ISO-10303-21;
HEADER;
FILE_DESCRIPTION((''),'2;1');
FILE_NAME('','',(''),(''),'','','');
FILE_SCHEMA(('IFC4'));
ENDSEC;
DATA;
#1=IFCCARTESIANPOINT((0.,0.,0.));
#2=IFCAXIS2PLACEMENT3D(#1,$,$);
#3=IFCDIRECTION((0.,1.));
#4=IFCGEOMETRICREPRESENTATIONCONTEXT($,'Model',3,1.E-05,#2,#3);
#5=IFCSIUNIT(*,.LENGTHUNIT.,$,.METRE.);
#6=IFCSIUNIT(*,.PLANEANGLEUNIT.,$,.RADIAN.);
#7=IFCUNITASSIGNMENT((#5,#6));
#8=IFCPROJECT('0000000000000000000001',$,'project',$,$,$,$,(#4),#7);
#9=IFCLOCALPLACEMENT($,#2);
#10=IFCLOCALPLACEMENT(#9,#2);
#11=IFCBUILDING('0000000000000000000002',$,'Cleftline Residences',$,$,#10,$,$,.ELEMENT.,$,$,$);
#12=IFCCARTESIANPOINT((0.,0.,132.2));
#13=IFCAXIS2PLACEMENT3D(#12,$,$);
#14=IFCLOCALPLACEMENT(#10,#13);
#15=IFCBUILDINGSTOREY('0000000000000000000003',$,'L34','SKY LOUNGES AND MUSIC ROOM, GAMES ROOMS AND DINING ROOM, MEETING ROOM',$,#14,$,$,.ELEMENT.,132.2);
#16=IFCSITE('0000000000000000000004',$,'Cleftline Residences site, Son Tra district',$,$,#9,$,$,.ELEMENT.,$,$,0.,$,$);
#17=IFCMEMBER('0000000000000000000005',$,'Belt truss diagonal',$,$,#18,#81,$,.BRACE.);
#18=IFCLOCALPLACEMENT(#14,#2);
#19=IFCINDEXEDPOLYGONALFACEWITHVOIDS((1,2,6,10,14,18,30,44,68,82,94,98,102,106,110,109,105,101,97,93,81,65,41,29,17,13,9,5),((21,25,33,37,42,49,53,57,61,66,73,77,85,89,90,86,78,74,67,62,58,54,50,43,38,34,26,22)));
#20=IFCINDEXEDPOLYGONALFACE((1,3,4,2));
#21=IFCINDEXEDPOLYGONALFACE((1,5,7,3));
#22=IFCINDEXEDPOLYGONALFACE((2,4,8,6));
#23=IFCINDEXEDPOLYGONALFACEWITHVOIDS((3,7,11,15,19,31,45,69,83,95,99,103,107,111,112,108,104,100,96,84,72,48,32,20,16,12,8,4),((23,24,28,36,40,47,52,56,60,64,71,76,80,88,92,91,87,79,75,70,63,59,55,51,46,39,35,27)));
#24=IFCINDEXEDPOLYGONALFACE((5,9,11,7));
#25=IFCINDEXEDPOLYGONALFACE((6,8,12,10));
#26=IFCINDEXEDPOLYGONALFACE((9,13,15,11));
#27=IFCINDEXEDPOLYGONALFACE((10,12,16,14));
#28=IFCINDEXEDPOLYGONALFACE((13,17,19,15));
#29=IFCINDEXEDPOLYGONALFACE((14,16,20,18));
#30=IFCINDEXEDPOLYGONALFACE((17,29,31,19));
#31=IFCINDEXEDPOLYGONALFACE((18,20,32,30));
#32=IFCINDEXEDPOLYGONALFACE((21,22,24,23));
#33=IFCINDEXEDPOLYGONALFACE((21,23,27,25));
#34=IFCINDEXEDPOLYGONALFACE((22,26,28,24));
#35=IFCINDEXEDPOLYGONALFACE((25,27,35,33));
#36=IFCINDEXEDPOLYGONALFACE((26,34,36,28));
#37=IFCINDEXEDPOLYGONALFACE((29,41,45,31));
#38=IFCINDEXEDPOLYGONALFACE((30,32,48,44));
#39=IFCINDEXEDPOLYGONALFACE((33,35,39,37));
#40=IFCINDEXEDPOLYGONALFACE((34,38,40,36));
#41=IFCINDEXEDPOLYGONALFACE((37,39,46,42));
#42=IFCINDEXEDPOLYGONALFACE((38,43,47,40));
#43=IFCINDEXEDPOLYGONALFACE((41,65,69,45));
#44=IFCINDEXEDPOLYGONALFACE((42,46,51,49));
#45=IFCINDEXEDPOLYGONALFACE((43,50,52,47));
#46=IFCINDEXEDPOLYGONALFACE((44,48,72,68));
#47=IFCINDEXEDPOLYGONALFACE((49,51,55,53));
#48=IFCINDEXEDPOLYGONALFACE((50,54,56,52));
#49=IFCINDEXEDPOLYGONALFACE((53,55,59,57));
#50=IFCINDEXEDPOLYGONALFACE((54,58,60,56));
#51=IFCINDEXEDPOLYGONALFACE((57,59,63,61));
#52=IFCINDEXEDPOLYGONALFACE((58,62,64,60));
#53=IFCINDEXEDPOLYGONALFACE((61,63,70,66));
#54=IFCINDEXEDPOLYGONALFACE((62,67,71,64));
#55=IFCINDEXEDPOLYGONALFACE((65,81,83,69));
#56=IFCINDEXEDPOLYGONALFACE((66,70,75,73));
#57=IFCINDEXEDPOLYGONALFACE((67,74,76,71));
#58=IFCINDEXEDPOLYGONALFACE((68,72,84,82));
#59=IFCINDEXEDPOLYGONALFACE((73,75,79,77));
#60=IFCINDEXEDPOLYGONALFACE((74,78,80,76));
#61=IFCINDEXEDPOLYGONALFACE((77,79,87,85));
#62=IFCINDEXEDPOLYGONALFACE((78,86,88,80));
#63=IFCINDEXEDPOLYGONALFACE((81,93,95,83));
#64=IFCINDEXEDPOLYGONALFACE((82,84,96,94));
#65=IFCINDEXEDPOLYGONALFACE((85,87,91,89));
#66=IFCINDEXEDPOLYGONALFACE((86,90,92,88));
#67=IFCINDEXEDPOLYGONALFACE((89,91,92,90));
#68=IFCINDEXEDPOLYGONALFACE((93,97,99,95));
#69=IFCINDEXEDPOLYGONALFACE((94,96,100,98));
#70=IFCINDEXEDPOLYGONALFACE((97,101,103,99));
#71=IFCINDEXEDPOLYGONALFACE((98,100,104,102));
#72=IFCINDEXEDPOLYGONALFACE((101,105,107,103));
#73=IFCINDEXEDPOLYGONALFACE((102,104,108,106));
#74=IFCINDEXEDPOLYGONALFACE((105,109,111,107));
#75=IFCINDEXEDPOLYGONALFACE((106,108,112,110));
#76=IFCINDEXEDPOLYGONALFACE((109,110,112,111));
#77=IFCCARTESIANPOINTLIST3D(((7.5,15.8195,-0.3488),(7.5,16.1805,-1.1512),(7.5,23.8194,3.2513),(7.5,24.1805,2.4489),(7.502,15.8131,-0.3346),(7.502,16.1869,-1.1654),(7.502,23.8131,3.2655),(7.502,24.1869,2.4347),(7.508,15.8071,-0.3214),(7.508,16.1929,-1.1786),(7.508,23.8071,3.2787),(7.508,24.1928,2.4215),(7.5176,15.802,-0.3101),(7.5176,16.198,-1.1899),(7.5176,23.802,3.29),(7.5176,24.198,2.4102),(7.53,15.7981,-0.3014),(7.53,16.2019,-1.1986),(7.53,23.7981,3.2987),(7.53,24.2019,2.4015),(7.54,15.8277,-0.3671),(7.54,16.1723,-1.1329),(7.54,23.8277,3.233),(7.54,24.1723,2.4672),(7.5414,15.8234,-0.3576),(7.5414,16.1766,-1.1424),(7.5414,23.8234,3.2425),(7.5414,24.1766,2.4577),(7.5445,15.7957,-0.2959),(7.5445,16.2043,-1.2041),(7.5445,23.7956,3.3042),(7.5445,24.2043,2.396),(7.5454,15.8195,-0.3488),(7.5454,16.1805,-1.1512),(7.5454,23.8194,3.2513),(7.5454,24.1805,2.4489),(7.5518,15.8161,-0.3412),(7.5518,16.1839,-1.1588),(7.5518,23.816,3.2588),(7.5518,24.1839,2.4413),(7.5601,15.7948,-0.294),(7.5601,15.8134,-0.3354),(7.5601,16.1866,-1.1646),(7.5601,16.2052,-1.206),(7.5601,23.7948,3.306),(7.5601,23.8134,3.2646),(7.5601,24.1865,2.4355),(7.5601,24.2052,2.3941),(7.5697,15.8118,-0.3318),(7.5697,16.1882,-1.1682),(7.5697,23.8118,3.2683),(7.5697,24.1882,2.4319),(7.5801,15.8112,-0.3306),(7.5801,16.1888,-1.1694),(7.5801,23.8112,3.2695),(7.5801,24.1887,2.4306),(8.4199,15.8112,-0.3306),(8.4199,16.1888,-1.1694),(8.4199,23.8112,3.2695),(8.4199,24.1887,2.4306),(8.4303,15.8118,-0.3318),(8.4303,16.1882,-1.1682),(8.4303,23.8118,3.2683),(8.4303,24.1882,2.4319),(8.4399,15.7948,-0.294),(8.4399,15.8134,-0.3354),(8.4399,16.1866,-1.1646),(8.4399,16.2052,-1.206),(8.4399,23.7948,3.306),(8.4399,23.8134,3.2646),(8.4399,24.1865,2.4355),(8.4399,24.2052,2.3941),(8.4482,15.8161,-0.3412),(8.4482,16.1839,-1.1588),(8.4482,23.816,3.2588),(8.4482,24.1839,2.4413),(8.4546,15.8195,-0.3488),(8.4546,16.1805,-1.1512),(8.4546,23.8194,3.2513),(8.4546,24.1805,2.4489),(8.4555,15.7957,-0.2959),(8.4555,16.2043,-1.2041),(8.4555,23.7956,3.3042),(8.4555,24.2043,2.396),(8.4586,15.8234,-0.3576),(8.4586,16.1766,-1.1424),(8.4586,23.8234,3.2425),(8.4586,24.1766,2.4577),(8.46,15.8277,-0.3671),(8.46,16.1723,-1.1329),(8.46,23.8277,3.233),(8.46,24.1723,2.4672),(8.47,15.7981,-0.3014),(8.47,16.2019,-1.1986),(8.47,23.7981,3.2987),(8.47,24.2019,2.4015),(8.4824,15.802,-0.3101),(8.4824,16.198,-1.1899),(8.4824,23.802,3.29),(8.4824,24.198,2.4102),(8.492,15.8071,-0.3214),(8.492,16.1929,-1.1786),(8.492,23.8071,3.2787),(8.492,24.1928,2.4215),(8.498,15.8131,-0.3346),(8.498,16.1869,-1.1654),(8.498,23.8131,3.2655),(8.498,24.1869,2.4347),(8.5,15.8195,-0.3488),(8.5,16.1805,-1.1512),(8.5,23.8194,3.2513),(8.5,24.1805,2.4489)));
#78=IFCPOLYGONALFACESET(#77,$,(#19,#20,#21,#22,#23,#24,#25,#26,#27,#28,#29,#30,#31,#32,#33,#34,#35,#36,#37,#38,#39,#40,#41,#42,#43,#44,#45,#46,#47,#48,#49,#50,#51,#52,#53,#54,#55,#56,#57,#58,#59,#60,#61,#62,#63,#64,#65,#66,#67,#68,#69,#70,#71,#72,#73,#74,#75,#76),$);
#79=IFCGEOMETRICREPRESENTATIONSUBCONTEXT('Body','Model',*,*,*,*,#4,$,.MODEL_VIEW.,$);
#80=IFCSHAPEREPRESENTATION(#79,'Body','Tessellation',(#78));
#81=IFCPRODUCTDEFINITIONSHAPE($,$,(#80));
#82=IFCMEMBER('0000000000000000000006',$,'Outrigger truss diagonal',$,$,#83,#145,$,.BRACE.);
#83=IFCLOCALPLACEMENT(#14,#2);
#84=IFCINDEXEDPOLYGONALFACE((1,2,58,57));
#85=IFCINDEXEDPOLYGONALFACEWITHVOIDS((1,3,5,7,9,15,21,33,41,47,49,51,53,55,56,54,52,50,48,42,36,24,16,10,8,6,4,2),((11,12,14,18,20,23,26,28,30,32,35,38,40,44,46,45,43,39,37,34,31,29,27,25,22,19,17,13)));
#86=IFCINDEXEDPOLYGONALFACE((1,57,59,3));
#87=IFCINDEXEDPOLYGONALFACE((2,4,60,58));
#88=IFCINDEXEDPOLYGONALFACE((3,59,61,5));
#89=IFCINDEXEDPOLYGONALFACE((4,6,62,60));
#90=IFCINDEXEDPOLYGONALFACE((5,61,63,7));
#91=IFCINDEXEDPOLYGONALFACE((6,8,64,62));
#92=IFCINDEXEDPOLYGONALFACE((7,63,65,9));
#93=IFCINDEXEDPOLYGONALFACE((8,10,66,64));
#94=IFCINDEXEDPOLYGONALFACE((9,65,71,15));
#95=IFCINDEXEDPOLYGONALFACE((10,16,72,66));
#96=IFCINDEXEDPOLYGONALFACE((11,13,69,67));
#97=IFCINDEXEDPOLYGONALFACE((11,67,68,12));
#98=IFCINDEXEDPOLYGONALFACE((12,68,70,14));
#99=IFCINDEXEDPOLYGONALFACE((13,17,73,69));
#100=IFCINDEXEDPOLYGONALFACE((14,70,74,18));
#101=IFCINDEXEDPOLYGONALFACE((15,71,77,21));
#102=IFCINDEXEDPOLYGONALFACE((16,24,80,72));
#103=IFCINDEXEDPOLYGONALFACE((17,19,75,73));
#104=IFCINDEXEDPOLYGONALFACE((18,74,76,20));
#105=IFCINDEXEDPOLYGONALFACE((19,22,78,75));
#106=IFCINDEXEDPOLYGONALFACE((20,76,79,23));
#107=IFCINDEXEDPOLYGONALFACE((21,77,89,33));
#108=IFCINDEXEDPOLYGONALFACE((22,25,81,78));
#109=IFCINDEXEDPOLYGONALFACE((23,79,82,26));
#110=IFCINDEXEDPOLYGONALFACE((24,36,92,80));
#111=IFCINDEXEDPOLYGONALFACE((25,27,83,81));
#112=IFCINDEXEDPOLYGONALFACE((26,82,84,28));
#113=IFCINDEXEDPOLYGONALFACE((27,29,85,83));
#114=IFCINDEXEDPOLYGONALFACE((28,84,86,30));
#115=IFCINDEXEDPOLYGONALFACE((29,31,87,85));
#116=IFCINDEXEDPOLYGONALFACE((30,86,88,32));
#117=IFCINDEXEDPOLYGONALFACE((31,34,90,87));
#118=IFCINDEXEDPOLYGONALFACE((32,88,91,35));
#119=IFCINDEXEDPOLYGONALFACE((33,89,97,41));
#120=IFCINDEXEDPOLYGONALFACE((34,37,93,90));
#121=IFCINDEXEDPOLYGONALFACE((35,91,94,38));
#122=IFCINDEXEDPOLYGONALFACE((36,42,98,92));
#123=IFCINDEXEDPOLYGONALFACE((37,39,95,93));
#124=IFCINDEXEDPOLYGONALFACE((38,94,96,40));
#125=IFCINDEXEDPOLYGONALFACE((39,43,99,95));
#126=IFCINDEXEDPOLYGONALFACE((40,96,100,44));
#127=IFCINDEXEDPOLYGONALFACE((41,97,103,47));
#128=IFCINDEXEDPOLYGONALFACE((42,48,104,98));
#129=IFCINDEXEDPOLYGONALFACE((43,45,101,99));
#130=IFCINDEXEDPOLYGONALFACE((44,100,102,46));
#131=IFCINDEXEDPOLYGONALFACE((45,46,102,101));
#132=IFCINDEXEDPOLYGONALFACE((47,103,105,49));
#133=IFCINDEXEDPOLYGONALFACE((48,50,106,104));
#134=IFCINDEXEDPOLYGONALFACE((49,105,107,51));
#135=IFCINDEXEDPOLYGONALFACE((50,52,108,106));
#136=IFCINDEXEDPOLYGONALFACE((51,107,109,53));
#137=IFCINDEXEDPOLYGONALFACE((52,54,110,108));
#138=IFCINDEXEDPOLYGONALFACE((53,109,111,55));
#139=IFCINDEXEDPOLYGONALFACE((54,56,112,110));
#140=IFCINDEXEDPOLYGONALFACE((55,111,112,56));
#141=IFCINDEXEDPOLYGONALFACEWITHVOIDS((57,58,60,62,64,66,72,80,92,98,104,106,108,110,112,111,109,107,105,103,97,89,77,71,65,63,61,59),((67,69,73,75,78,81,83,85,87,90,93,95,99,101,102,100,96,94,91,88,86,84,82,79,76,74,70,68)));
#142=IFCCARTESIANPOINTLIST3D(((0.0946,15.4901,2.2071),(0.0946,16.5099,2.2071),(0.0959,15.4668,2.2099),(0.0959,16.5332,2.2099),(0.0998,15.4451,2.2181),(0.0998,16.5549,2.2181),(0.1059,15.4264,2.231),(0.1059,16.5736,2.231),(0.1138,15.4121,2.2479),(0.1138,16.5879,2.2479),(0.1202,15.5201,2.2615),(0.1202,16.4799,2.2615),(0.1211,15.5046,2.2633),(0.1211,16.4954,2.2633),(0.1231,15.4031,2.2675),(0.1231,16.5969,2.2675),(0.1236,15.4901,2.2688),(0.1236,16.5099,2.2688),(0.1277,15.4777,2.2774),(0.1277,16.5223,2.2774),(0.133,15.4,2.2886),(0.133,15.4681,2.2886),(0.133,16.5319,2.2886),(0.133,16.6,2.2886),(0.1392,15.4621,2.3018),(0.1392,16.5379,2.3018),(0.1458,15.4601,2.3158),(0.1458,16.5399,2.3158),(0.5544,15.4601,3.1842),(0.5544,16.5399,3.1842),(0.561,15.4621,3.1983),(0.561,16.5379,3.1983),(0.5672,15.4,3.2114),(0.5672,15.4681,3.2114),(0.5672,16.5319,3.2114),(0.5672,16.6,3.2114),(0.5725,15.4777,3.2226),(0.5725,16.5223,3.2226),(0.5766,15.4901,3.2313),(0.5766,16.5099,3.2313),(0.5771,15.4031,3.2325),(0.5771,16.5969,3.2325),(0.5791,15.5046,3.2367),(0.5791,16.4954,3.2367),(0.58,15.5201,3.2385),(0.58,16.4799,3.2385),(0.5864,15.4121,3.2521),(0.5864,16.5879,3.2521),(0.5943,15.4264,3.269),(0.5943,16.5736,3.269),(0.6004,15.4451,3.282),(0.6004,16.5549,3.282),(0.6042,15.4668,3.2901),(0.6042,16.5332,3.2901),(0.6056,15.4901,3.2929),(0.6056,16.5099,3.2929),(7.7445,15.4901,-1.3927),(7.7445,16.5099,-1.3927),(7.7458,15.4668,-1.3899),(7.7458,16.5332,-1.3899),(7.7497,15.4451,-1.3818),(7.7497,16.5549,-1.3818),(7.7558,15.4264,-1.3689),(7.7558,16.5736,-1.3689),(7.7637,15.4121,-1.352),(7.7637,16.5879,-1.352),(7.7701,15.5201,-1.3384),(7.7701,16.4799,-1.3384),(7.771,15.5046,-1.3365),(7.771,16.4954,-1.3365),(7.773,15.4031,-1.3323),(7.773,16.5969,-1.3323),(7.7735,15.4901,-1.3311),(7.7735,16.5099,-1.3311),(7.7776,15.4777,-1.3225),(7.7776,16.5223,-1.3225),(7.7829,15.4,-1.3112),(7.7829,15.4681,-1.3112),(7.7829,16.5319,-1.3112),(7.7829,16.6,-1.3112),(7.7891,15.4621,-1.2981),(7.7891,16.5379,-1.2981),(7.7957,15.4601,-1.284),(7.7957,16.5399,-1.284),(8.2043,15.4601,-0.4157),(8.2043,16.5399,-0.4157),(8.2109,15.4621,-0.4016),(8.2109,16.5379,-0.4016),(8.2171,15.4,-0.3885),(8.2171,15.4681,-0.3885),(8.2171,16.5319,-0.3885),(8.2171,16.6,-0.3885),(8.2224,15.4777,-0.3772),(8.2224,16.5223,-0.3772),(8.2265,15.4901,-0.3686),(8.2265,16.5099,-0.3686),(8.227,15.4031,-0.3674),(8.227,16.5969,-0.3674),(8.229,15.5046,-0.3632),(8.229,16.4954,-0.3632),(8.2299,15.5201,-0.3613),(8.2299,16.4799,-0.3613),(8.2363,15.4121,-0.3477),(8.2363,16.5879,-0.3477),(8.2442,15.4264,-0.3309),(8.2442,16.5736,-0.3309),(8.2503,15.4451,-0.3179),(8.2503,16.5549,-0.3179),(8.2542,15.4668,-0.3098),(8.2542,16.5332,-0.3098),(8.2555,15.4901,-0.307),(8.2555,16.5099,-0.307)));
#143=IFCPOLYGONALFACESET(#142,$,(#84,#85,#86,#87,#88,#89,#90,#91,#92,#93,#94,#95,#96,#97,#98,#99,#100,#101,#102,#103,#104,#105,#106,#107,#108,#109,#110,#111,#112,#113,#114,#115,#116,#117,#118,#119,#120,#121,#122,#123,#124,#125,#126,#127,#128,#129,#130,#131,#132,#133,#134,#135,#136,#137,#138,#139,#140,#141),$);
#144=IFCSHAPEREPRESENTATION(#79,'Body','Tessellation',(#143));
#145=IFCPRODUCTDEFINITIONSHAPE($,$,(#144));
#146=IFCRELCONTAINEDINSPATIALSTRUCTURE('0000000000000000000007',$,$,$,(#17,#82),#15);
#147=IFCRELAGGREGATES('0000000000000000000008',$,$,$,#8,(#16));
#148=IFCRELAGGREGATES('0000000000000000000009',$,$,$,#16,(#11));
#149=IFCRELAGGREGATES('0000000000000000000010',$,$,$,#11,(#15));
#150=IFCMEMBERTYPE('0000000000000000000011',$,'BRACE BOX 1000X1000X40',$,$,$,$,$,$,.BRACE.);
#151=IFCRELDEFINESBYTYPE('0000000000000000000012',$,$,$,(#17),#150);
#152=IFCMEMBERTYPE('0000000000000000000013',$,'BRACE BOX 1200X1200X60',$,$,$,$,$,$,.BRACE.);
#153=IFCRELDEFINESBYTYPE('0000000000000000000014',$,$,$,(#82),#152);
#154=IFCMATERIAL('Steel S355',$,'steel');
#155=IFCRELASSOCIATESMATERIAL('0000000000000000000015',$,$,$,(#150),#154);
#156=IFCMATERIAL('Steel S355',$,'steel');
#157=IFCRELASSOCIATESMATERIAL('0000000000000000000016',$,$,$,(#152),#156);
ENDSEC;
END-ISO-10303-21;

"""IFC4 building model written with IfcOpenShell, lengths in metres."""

from ifc_helpers import new_model, si_unit, direction, frame, origin, origin_2d, place, context, subcontext, project, spatial, hollow_rectangle, extrude, material, material_profile, profile_set, type_object, element, save


model = new_model("IFC4")

# Units and contexts
model_context = context("Model", 3, precision=1e-05, world=origin(), true_north=direction((0.0, 1.0)))
body_context = subcontext(model_context, "Body", "Model", "MODEL_VIEW")
ifc_project = project(units=[si_unit("LENGTHUNIT", "METRE"), si_unit("PLANEANGLEUNIT", "RADIAN")], contexts=[model_context])

# Site, building, storey
site_placement = place(None, origin())
site = spatial("IfcSite", under=ifc_project, at=site_placement, Name="Cleftline Residences site, Son Tra district", CompositionType="ELEMENT", RefElevation=0.0)
building_placement = place(site_placement, origin())
building = spatial("IfcBuilding", under=site, at=building_placement, Name="Cleftline Residences", CompositionType="ELEMENT")
storey_placement = place(building_placement, frame((0.0, 0.0, 132.2)))
storey = spatial("IfcBuildingStorey", under=building, at=storey_placement, Name="L34", Description="SKY LOUNGES AND MUSIC ROOM, GAMES ROOMS AND DINING ROOM, MEETING ROOM", CompositionType="ELEMENT", Elevation=132.2)

# Members
ifc_material_1 = material(Name="Steel S355", Category="steel")
ifc_material_profile_1 = material_profile(ifc_material_1, hollow_rectangle(XDim=1.0, YDim=1.0, WallThickness=0.04, InnerFilletRadius=0.04, OuterFilletRadius=0.0601, at=origin_2d()))
ifc_profile_set_1 = profile_set([ifc_material_profile_1], Name="Steel S355")
member_type_1 = type_object("IfcMemberType", Name="BRACE BOX 1000X1000X40", PredefinedType="BRACE", material=ifc_profile_set_1)
for number, where, z_axis, x_axis, name in (
    (1, (8.0, 16.0, -0.75), (0.0, 0.911917, 0.410374), (0.0, -0.410374, 0.911917), "Belt truss diagonal"),
):
    element("IfcMember", number, at=place(storey_placement, frame(where, z_axis=z_axis, x_axis=x_axis)), inside=storey, type_object=member_type_1, Name=name, PredefinedType="BRACE", context=body_context, shape_type="SweptSolid", body=[
        extrude(hollow_rectangle(XDim=1.0, YDim=1.0, WallThickness=0.04, InnerFilletRadius=0.04, OuterFilletRadius=0.0601, at=origin_2d()), origin(), (0.0, 0.0, 1.0), 8.7727),
    ])
ifc_material_2 = material(Name="Steel S355", Category="steel")
ifc_material_profile_2 = material_profile(ifc_material_2, hollow_rectangle(XDim=1.2, YDim=1.2, WallThickness=0.0601, InnerFilletRadius=0.0601, OuterFilletRadius=0.0901, at=origin_2d()))
ifc_profile_set_2 = profile_set([ifc_material_profile_2], Name="Steel S355")
member_type_2 = type_object("IfcMemberType", Name="BRACE BOX 1200X1200X60", PredefinedType="BRACE", material=ifc_profile_set_2)
member_1_placement = place(storey_placement, frame((8.0, 16.0, -0.8499), z_axis=(-0.904823, 0.0, 0.425787), x_axis=(0.425787, 0.0, 0.904823)))
element("IfcMember", 2, at=member_1_placement, inside=storey, type_object=member_type_2, Name="Outrigger truss diagonal", PredefinedType="BRACE", context=body_context, shape_type="SweptSolid", body=[
    extrude(hollow_rectangle(XDim=1.2, YDim=1.2, WallThickness=0.0601, InnerFilletRadius=0.0601, OuterFilletRadius=0.0901, at=origin_2d()), origin(), (0.0, 0.0, 1.0), 8.4546),
])

save(model, "model.ifc")
